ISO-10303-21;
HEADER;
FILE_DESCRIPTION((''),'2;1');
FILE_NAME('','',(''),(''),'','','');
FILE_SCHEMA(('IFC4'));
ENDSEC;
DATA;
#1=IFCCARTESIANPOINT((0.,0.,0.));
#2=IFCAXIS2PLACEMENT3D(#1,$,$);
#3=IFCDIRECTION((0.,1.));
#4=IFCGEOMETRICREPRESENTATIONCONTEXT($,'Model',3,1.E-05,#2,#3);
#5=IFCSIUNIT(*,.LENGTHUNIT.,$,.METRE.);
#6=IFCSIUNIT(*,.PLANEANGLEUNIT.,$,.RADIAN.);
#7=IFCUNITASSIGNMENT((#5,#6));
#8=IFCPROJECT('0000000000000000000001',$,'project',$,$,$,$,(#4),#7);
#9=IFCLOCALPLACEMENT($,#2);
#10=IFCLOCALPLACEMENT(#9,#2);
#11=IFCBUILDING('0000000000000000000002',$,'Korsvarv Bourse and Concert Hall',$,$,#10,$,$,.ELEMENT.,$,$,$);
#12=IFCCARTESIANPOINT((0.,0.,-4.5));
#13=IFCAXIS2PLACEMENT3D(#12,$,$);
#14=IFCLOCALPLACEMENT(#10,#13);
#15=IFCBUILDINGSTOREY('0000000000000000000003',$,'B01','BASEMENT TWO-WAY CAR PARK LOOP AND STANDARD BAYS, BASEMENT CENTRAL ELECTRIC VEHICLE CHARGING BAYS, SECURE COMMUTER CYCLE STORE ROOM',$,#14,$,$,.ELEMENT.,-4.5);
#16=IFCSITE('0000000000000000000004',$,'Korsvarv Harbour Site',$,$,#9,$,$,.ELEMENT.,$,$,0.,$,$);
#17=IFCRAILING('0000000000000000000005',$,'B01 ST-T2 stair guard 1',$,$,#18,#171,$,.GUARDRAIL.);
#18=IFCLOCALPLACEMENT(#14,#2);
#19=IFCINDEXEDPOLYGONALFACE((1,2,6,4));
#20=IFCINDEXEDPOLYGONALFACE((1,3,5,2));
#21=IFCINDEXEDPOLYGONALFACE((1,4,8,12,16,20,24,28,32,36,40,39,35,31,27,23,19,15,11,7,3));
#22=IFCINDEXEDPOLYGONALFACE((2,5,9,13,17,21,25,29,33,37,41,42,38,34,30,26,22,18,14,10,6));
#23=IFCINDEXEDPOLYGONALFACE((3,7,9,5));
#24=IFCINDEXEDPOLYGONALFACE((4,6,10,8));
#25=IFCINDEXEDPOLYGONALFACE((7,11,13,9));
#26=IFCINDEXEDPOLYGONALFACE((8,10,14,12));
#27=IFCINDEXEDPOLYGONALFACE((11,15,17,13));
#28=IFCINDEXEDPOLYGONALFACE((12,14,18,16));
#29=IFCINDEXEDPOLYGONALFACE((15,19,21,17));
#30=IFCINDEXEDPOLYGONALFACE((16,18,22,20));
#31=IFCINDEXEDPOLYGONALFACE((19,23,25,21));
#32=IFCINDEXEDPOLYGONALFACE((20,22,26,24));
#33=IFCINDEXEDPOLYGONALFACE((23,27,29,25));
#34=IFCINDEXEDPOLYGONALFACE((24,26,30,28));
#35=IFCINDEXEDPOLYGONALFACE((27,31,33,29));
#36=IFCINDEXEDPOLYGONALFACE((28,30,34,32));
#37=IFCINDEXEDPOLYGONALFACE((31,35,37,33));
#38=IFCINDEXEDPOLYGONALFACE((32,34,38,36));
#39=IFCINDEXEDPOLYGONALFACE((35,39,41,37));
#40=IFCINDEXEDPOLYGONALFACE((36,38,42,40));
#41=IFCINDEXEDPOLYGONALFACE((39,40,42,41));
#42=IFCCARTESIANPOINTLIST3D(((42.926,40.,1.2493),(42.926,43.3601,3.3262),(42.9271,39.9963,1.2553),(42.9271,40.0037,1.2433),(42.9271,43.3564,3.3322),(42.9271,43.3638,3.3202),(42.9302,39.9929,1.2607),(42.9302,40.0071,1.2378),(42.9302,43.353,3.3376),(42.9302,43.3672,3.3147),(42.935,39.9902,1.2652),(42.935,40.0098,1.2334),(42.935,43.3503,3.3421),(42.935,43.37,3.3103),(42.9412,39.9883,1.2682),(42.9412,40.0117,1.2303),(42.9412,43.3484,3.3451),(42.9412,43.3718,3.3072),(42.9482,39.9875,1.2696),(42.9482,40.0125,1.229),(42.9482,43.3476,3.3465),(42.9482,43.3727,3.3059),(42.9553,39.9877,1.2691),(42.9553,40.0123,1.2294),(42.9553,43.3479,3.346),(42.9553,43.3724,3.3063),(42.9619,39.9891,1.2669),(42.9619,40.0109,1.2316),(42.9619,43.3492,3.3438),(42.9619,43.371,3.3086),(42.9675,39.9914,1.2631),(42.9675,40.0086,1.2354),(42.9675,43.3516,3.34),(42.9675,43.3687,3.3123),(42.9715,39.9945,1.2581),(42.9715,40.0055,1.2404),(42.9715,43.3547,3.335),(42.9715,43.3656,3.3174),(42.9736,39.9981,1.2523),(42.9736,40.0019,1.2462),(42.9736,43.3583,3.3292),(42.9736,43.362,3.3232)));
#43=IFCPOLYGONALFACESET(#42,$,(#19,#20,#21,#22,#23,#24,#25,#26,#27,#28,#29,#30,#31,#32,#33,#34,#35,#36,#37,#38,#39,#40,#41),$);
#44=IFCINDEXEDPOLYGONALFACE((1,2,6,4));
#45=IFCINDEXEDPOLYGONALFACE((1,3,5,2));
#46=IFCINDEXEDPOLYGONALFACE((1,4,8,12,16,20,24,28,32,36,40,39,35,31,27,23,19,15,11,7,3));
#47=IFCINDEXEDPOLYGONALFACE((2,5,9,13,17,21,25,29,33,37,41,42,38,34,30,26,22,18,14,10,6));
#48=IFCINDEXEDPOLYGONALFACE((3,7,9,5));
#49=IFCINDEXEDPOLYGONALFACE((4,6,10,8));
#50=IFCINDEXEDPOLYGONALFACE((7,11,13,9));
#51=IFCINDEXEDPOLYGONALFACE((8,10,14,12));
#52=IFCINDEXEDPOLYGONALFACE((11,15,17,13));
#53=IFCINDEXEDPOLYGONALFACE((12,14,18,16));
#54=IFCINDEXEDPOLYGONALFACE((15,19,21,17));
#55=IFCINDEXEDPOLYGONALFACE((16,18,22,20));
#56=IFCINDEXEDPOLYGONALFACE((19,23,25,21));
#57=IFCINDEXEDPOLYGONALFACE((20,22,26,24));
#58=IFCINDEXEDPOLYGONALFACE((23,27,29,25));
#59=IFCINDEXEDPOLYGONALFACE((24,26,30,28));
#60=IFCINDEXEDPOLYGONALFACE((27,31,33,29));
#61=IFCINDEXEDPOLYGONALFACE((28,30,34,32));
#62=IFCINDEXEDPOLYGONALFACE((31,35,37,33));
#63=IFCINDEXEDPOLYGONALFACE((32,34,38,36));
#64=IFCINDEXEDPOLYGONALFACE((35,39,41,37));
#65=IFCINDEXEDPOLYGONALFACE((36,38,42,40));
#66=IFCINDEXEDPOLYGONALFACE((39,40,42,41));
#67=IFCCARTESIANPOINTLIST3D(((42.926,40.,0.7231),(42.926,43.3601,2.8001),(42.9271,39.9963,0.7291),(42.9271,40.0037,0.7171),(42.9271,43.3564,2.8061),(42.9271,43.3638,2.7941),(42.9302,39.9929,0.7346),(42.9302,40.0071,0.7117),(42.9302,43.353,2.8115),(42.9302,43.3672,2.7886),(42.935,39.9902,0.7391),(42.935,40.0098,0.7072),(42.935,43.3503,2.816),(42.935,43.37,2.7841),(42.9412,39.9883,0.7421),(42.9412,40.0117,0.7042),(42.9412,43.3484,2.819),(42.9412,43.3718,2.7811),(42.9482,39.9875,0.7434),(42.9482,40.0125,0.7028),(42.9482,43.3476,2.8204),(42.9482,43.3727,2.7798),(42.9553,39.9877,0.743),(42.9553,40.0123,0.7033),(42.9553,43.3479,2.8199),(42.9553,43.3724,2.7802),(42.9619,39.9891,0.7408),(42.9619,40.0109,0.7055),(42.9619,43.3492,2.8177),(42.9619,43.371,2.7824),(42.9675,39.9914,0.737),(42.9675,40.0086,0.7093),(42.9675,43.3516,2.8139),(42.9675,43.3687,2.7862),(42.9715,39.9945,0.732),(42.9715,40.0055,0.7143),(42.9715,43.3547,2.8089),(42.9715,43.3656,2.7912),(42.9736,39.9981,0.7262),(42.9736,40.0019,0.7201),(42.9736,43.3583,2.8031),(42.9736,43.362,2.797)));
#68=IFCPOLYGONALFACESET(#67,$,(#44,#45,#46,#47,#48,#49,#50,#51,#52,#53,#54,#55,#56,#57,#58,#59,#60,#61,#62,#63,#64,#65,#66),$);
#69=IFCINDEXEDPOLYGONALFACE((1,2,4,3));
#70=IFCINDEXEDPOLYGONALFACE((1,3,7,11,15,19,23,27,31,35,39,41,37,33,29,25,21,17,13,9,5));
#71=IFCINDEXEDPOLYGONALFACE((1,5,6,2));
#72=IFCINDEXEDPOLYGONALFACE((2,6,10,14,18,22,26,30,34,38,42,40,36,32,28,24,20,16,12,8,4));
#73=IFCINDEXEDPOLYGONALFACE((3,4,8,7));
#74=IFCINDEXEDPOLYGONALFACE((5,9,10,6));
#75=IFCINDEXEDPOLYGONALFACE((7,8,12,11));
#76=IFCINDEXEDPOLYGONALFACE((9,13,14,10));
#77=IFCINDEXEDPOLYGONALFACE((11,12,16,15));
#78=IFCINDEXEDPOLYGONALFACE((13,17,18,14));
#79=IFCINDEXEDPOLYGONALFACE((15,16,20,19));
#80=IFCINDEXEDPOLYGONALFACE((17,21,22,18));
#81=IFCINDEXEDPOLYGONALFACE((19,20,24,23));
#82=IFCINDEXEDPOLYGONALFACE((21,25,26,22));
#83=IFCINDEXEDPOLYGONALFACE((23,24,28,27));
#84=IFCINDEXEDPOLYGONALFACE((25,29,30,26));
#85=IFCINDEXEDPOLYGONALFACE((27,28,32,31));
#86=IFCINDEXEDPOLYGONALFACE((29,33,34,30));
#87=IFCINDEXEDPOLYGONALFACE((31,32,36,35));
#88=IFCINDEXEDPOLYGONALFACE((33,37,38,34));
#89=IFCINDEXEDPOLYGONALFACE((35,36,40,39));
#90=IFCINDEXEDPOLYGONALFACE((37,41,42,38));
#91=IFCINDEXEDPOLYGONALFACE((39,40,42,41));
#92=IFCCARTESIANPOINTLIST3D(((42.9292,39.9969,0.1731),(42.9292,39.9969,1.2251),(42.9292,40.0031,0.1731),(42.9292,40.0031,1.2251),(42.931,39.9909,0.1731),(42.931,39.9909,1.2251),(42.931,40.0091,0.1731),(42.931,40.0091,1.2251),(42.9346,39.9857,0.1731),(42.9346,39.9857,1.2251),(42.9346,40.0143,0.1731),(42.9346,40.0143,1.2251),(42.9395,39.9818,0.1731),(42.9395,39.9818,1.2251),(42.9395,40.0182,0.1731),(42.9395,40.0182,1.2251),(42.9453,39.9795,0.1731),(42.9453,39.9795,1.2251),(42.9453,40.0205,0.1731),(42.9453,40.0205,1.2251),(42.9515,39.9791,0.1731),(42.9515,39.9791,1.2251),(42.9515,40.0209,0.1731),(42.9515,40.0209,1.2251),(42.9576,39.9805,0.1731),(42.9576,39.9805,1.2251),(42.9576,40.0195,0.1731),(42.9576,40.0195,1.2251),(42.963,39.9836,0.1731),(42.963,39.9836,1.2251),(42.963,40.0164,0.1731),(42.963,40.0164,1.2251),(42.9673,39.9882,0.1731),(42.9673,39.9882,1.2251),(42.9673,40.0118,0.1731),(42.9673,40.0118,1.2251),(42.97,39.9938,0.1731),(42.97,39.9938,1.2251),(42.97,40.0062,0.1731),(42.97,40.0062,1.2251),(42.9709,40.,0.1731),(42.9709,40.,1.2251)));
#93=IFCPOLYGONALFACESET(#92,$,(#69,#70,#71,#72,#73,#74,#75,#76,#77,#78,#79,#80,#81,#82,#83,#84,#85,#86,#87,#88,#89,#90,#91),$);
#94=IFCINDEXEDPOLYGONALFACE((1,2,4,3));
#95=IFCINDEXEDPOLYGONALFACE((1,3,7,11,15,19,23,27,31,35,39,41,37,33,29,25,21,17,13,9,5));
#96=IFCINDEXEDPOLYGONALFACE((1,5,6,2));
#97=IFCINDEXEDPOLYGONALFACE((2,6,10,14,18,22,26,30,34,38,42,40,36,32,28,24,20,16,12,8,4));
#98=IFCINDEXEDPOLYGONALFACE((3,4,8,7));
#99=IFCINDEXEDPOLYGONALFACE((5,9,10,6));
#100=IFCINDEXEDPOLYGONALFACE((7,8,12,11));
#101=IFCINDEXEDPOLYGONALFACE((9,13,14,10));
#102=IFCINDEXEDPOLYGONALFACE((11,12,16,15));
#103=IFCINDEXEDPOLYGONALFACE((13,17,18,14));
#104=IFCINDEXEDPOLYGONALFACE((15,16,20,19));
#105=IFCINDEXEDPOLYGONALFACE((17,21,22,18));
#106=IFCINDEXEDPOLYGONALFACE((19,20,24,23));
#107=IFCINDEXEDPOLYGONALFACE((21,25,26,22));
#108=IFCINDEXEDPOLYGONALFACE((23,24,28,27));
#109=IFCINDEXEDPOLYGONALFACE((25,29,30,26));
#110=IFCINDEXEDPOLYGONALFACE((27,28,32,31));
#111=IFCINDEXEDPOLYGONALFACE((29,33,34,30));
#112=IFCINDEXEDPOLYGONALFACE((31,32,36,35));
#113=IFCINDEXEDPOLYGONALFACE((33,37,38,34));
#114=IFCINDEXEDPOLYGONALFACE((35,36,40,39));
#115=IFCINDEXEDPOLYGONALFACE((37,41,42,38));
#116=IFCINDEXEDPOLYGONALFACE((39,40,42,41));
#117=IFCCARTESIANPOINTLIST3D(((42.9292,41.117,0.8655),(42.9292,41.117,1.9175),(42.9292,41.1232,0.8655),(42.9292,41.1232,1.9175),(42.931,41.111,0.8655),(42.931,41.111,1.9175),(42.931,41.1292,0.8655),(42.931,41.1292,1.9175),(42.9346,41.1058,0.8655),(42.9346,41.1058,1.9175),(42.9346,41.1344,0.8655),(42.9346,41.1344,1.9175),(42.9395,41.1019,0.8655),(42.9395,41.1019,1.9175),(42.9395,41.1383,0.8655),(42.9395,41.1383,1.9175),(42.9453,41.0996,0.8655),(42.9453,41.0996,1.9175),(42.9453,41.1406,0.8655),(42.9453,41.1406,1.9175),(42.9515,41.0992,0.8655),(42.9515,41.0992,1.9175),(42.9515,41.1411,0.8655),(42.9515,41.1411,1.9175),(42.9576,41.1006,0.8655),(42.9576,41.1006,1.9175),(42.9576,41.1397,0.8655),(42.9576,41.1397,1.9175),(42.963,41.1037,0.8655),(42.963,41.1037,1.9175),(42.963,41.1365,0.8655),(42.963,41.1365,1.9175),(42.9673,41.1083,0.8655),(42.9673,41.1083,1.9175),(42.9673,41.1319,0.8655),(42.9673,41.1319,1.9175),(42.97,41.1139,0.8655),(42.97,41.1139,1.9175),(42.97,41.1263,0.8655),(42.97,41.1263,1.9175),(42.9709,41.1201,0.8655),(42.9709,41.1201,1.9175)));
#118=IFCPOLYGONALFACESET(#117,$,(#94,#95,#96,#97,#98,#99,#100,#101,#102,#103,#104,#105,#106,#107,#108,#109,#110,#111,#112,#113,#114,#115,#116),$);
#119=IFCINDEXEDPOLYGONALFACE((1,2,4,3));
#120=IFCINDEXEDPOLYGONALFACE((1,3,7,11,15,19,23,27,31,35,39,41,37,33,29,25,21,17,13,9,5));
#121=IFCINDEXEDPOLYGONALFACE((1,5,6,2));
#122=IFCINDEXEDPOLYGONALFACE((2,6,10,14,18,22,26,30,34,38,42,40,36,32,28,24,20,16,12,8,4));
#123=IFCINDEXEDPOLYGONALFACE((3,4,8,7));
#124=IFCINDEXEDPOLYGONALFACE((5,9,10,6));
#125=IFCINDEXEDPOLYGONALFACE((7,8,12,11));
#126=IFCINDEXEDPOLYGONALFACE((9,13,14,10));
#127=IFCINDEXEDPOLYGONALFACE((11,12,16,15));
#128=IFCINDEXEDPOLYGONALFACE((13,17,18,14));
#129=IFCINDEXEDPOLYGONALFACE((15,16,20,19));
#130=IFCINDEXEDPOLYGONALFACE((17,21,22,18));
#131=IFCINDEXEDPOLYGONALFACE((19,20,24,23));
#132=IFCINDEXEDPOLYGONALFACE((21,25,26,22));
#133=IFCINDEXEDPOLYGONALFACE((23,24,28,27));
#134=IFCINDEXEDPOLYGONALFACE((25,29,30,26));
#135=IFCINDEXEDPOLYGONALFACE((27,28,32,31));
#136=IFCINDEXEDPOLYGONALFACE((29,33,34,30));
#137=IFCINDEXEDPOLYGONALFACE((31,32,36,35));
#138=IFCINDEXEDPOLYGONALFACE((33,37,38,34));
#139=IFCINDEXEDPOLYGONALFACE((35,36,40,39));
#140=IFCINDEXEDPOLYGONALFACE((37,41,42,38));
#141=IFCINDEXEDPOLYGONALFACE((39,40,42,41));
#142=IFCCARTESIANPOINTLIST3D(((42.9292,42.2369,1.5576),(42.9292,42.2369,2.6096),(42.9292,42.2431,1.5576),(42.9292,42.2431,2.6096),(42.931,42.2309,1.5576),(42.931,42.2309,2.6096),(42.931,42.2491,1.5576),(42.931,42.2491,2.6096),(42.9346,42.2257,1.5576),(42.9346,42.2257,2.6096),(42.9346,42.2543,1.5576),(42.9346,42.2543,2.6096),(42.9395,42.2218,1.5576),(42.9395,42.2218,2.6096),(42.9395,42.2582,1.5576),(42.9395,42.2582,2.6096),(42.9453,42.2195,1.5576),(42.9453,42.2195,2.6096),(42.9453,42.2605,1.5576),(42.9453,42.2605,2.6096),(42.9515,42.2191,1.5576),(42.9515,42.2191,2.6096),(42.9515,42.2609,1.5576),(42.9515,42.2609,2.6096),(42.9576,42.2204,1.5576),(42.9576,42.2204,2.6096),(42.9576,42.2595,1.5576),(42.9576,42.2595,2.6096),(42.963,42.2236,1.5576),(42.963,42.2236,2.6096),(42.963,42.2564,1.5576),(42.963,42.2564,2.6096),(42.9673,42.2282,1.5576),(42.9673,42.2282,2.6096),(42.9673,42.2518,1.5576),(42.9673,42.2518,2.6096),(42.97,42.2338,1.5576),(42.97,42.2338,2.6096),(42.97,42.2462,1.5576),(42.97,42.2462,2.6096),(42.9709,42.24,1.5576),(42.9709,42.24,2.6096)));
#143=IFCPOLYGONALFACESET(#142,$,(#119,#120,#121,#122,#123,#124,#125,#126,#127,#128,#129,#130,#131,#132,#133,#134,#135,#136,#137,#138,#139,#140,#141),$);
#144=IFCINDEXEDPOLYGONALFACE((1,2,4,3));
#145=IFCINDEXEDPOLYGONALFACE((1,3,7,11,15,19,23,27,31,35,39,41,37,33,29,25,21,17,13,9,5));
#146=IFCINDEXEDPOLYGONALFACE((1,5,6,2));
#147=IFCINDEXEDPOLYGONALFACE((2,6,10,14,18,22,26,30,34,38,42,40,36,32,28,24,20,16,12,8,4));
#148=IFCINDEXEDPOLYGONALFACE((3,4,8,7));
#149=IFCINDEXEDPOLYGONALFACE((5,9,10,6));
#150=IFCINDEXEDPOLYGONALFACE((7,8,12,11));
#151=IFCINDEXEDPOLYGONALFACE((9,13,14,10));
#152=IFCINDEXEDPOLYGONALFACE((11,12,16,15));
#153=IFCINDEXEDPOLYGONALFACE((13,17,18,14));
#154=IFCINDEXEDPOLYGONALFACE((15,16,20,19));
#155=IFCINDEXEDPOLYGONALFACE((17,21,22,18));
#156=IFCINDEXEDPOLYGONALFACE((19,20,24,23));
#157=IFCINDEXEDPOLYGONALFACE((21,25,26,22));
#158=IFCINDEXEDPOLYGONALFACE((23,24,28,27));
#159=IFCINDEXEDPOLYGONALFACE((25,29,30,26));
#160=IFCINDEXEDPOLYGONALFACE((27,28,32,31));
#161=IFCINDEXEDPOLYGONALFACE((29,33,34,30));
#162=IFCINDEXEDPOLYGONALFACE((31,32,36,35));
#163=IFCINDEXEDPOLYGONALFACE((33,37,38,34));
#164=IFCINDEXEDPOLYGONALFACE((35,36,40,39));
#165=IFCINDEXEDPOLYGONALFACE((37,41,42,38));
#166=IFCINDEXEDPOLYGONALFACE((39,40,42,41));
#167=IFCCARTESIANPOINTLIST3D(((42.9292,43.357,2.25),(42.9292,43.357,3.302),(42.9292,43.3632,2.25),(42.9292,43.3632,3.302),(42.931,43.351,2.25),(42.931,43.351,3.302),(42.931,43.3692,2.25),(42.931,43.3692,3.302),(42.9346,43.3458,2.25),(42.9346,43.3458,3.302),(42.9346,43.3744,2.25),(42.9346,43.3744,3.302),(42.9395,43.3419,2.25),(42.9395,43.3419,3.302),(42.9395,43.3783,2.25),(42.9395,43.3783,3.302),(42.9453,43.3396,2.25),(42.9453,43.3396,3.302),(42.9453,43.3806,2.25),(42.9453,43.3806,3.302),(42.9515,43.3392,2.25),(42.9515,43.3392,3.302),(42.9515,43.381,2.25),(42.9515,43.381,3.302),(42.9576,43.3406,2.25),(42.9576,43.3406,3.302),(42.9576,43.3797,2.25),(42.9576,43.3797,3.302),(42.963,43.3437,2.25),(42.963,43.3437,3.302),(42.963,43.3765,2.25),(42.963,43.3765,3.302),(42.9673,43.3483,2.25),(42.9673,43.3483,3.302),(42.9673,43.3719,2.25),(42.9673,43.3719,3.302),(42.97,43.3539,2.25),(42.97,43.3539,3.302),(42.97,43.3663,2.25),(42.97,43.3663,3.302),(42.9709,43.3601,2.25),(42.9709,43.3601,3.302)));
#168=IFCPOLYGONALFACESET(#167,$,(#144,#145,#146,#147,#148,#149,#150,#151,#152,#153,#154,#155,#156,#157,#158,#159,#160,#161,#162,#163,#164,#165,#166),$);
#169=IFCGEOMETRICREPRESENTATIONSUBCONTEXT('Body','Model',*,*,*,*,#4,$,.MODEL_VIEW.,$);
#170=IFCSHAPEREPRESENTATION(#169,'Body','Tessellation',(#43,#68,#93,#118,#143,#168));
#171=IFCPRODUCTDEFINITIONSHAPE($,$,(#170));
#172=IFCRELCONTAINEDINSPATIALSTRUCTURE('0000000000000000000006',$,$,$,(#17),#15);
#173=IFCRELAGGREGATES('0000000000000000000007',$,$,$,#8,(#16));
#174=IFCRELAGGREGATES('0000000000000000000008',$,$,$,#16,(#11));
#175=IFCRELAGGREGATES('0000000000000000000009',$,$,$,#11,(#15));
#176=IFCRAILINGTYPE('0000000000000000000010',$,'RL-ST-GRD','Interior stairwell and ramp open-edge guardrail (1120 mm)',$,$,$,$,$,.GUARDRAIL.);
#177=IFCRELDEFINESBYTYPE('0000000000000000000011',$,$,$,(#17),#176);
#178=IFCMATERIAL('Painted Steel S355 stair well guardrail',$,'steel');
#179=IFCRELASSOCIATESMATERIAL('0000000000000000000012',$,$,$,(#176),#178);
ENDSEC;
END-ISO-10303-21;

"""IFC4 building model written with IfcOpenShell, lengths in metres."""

from ifc_helpers import new_model, si_unit, direction, frame, origin, origin_2d, place, context, subcontext, project, spatial, circle, extrude, material, type_object, element, save


model = new_model("IFC4")

# Units and contexts
model_context = context("Model", 3, precision=1e-05, world=origin(), true_north=direction((0.0, 1.0)))
body_context = subcontext(model_context, "Body", "Model", "MODEL_VIEW")
ifc_project = project(units=[si_unit("LENGTHUNIT", "METRE"), si_unit("PLANEANGLEUNIT", "RADIAN")], contexts=[model_context])

# Site, building, storey
site_placement = place(None, origin())
site = spatial("IfcSite", under=ifc_project, at=site_placement, Name="Korsvarv Harbour Site", CompositionType="ELEMENT", RefElevation=0.0)
building_placement = place(site_placement, origin())
building = spatial("IfcBuilding", under=site, at=building_placement, Name="Korsvarv Bourse and Concert Hall", CompositionType="ELEMENT")
storey_placement = place(building_placement, frame((0.0, 0.0, -4.5)))
storey = spatial("IfcBuildingStorey", under=building, at=storey_placement, Name="B01", Description="BASEMENT TWO-WAY CAR PARK LOOP AND STANDARD BAYS, BASEMENT CENTRAL ELECTRIC VEHICLE CHARGING BAYS, SECURE COMMUTER CYCLE STORE ROOM", CompositionType="ELEMENT", Elevation=-4.5)

# Railing
ifc_material_1 = material(Name="Painted Steel S355 stair well guardrail", Category="steel")
railing_type_1 = type_object("IfcRailingType", Name="RL-ST-GRD", Description="Interior stairwell and ramp open-edge guardrail (1120 mm)", PredefinedType="GUARDRAIL", material=ifc_material_1)
railing_1_placement = place(storey_placement, frame((42.95, 40.0, 0.1731)))
element("IfcRailing", 1, at=railing_1_placement, inside=storey, type_object=railing_type_1, Name="B01 ST-T2 stair guard 1", PredefinedType="GUARDRAIL", context=body_context, shape_type="SweptSolid", body=[
    extrude(circle(Radius=0.0239, at=origin_2d()), frame((0.0, 0.0, 1.0762), z_axis=(0.0, 0.850623, 0.525776), x_axis=(-1.0, 0.0, 0.0)), (0.0, 0.0, 1.0), 3.9502),
    extrude(circle(Radius=0.0239, at=origin_2d()), frame((0.0, 0.0, 0.55), z_axis=(0.0, 0.850623, 0.525776), x_axis=(-1.0, 0.0, 0.0)), (0.0, 0.0, 1.0), 3.9502),
    extrude(circle(Radius=0.021, at=origin_2d()), origin(), (0.0, 0.0, 1.0), 1.052),
    extrude(circle(Radius=0.021, at=origin_2d()), frame((0.0, 1.1201, 0.6924)), (0.0, 0.0, 1.0), 1.052),
    extrude(circle(Radius=0.021, at=origin_2d()), frame((0.0, 2.24, 1.3845)), (0.0, 0.0, 1.0), 1.052),
    extrude(circle(Radius=0.021, at=origin_2d()), frame((0.0, 3.3601, 2.0769)), (0.0, 0.0, 1.0), 1.052),
])

save(model, "model.ifc")
